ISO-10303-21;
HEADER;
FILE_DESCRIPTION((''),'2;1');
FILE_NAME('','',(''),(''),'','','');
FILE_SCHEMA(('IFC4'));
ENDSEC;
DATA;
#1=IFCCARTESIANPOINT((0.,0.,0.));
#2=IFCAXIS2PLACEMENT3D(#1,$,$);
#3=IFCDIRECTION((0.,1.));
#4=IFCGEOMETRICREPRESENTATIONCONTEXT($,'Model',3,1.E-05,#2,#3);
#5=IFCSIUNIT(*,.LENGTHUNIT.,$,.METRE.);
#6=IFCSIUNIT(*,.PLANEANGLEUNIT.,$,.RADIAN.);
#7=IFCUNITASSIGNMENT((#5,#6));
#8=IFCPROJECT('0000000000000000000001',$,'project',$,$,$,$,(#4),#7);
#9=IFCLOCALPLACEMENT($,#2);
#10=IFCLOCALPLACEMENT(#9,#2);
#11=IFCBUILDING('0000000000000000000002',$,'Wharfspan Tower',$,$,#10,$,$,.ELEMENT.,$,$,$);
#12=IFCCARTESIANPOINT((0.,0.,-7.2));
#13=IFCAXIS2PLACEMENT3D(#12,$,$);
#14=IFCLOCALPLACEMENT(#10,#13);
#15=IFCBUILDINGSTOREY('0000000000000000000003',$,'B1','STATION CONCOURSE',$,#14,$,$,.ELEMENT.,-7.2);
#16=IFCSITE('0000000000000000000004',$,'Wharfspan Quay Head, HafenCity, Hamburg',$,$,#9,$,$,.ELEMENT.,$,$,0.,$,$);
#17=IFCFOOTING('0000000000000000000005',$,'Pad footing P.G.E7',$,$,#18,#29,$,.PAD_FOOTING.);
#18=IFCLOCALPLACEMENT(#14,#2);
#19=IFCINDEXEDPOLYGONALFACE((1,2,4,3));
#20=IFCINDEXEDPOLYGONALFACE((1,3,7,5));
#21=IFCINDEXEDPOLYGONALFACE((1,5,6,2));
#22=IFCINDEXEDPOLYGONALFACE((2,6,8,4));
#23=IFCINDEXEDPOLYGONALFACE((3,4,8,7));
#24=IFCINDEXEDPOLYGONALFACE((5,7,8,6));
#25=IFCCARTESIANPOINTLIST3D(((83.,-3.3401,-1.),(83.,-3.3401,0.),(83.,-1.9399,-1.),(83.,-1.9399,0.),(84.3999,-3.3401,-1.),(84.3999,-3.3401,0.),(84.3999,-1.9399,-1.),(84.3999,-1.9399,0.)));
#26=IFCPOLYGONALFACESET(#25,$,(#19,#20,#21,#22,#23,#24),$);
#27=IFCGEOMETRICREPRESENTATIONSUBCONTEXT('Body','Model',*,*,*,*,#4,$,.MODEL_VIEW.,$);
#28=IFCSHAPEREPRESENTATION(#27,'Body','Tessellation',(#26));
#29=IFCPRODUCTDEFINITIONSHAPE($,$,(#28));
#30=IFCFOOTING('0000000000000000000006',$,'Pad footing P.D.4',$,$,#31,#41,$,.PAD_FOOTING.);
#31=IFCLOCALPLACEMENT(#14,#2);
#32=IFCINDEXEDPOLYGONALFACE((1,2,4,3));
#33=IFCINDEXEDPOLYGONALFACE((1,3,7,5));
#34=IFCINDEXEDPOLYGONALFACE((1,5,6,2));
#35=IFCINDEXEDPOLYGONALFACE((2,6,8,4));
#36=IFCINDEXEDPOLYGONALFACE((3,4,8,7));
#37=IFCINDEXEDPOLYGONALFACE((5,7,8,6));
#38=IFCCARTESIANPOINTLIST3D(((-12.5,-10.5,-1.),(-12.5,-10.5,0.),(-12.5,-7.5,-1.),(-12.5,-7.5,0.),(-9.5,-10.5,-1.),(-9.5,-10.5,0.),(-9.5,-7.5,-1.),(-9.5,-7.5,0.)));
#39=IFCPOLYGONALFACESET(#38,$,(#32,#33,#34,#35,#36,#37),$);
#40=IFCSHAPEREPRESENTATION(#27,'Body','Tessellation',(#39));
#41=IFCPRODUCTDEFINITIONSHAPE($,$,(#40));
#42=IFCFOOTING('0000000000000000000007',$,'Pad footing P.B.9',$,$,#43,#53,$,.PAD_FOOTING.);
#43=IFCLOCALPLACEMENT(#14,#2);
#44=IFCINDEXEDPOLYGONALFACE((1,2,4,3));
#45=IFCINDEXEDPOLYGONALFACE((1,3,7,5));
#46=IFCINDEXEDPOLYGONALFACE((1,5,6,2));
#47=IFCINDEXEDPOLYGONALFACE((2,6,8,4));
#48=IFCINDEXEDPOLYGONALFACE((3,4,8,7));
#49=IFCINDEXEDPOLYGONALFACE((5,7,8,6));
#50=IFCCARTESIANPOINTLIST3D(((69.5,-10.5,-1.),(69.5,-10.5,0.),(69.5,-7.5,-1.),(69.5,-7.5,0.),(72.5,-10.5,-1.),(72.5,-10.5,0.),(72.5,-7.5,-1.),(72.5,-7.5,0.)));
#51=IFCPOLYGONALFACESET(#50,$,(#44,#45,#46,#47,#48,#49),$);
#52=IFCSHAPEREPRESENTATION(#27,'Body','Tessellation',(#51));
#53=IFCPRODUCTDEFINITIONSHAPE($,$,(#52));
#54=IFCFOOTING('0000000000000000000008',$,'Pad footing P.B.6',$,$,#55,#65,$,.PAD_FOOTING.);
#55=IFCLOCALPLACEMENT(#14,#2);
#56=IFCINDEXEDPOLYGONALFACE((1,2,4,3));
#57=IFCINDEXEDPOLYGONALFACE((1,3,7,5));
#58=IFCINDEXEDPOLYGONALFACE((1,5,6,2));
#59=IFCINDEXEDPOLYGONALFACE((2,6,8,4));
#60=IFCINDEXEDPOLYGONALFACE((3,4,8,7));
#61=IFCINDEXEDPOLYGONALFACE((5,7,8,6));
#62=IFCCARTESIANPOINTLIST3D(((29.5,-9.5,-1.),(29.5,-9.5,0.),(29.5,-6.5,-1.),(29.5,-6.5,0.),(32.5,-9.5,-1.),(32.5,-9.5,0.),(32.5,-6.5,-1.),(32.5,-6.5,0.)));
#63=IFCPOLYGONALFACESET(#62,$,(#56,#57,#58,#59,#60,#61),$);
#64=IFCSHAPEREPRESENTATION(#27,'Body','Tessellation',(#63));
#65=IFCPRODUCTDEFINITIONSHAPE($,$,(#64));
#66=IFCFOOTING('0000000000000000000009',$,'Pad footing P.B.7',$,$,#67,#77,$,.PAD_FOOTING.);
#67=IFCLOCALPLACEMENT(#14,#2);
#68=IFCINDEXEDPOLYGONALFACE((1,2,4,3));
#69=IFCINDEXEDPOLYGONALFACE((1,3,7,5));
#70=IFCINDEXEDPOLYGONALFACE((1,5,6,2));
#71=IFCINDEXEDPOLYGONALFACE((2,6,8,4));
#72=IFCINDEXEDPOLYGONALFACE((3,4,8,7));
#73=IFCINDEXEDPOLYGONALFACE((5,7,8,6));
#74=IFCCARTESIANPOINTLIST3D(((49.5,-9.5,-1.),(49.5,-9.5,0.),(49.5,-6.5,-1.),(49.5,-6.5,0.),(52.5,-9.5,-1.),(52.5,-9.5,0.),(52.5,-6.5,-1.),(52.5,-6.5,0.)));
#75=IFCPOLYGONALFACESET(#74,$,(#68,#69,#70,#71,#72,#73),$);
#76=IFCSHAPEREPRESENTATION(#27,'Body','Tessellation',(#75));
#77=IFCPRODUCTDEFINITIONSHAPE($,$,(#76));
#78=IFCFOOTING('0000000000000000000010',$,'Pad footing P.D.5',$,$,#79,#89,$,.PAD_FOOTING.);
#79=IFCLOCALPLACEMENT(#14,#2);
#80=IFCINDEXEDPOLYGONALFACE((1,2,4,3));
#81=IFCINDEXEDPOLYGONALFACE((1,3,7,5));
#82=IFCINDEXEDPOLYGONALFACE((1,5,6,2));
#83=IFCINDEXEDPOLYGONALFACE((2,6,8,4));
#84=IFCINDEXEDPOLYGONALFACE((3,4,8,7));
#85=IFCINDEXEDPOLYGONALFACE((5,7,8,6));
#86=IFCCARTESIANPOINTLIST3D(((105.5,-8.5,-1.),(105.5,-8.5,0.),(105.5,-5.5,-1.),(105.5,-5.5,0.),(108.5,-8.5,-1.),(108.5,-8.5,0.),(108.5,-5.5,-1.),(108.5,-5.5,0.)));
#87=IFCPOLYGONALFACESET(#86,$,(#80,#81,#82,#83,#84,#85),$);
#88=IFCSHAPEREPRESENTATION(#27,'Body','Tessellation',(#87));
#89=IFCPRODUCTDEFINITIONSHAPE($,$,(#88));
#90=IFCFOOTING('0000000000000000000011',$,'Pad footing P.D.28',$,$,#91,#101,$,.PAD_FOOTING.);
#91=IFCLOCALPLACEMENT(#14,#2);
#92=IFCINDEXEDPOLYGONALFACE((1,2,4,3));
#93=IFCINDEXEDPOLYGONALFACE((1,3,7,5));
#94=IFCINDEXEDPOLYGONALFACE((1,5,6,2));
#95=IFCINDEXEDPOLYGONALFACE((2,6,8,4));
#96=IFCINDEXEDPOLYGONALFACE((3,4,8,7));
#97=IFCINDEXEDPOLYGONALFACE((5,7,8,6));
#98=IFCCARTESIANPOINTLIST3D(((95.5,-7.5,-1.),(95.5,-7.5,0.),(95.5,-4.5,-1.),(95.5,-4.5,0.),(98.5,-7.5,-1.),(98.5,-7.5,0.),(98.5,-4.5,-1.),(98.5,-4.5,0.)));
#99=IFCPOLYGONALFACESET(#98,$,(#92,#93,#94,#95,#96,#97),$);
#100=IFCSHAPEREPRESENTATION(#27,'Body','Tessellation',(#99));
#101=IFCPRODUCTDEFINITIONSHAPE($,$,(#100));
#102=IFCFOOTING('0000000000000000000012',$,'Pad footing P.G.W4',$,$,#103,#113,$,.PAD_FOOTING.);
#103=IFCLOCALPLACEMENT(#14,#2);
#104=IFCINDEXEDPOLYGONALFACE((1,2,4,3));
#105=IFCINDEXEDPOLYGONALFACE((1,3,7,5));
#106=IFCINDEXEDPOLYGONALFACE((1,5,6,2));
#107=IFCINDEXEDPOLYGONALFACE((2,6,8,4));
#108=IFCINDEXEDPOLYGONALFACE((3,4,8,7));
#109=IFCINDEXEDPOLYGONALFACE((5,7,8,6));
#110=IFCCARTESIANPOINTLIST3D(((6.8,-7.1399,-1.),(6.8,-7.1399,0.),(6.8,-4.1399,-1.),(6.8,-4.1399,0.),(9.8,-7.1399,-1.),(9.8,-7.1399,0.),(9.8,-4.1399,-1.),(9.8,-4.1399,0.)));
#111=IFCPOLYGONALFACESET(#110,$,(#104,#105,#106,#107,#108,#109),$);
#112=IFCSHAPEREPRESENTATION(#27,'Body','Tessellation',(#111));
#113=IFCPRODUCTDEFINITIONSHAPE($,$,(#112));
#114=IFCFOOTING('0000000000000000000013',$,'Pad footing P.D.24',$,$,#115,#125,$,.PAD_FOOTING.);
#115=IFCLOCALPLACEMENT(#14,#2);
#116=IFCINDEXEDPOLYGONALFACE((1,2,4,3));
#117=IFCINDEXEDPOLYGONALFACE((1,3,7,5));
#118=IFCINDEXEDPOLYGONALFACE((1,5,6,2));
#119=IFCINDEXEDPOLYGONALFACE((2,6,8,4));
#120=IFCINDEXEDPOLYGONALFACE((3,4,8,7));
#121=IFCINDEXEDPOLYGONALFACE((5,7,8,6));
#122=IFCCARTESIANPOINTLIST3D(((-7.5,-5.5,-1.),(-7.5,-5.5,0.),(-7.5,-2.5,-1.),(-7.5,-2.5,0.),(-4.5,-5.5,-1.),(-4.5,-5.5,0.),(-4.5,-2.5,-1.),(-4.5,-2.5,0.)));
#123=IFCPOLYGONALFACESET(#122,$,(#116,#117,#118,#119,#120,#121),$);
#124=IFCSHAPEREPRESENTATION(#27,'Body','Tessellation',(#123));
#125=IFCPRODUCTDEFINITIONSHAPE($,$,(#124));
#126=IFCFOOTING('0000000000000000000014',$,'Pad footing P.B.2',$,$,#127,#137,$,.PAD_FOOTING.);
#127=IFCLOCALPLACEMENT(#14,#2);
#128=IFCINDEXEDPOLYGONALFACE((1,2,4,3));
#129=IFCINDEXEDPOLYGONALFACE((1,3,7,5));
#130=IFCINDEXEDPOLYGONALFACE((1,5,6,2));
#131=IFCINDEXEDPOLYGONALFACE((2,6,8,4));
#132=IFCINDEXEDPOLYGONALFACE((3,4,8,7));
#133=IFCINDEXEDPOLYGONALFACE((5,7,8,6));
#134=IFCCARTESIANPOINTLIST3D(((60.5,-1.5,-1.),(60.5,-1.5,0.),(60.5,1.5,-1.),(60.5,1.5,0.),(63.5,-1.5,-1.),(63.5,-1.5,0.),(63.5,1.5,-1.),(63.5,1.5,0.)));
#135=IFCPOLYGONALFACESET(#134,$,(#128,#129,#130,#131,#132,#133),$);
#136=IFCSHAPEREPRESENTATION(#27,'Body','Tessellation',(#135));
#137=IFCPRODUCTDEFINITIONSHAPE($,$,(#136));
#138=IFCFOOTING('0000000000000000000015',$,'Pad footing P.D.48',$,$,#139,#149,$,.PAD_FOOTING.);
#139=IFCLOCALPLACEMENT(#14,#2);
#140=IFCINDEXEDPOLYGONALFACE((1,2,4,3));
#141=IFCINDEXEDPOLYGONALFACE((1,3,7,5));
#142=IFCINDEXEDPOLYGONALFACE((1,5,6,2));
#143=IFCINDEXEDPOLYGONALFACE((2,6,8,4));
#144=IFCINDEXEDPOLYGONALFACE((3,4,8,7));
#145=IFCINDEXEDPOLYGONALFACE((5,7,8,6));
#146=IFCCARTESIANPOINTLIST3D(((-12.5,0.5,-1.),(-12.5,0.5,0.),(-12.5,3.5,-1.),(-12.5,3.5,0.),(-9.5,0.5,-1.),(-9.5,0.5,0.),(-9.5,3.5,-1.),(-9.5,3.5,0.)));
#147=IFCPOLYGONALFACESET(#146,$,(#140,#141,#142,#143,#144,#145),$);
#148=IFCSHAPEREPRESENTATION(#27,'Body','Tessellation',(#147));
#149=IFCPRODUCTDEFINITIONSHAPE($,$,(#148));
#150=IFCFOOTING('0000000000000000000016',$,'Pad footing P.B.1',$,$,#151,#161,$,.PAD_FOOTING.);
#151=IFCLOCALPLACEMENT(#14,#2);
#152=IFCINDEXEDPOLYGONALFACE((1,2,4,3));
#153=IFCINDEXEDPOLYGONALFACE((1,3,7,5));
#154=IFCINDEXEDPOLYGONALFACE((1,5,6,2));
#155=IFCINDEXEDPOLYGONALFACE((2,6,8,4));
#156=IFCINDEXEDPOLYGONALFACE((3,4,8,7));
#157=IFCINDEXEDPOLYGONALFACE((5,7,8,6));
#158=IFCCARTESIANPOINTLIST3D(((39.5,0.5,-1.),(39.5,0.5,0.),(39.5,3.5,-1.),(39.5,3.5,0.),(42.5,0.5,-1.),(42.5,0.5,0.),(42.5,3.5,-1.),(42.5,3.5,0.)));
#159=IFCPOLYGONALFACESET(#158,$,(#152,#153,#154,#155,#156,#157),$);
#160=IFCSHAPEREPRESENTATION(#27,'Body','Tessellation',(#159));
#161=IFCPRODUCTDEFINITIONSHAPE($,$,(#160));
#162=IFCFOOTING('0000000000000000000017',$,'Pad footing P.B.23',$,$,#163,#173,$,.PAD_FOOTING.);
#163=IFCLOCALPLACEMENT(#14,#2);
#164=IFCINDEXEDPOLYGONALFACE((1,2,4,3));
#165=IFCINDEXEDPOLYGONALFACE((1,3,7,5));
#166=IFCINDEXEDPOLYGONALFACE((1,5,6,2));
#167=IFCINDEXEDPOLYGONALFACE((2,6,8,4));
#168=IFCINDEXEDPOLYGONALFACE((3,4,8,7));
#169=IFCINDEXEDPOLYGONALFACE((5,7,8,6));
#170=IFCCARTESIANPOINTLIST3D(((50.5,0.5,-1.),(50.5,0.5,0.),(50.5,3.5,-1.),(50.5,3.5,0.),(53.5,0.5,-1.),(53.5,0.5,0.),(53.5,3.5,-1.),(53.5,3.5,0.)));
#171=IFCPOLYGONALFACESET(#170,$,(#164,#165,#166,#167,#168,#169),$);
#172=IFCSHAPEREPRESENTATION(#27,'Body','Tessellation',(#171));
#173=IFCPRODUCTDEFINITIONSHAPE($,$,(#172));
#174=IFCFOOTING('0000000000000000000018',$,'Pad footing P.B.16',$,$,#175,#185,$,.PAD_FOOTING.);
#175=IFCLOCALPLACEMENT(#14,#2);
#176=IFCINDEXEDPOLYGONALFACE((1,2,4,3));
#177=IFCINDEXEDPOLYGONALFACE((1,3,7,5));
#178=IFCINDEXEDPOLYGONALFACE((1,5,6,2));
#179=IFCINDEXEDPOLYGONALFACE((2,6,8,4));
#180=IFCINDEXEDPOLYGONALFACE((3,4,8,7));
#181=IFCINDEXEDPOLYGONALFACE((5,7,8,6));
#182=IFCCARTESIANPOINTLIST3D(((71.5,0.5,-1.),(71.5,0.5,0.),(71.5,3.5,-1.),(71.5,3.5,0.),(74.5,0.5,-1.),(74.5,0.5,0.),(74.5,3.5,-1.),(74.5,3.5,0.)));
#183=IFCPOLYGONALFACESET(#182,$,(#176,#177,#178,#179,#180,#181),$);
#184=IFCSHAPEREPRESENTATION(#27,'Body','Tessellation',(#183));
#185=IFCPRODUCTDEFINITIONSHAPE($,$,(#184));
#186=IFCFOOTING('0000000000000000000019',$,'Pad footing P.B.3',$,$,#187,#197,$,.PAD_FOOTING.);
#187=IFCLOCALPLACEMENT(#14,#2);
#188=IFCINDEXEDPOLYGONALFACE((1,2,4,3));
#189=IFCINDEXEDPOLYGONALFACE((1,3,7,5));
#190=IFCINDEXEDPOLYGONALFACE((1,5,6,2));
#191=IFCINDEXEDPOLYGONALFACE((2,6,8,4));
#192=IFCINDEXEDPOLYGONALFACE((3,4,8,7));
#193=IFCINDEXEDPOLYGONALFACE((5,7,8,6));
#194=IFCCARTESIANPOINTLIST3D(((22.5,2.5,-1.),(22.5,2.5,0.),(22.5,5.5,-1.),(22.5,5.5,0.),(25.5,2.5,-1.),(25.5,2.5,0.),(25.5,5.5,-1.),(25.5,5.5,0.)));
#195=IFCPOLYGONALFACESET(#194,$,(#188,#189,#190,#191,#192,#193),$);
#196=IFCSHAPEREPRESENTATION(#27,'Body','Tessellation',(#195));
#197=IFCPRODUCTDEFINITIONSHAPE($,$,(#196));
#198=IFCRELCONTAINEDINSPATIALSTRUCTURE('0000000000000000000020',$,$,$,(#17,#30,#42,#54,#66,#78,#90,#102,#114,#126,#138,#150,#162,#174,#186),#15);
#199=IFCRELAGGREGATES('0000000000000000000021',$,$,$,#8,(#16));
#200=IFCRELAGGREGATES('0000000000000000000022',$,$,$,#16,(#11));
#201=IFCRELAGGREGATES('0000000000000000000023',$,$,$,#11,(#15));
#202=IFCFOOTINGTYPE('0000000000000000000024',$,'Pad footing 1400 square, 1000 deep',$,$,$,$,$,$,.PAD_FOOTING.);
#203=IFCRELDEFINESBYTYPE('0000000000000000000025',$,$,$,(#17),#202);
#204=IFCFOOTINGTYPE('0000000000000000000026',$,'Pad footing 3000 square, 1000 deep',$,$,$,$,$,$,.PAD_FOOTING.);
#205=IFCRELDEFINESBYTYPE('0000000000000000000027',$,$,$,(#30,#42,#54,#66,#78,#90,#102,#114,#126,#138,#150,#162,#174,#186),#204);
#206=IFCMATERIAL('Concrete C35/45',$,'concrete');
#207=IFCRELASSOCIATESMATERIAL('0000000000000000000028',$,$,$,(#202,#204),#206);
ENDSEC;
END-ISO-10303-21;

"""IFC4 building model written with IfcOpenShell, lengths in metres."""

from ifc_helpers import new_model, si_unit, direction, frame, origin, place, context, subcontext, project, spatial, polyline, outline, extrude, material, type_object, element, save


model = new_model("IFC4")

# Units and contexts
model_context = context("Model", 3, precision=1e-05, world=origin(), true_north=direction((0.0, 1.0)))
body_context = subcontext(model_context, "Body", "Model", "MODEL_VIEW")
ifc_project = project(units=[si_unit("LENGTHUNIT", "METRE"), si_unit("PLANEANGLEUNIT", "RADIAN")], contexts=[model_context])

# Site, building, storey
site_placement = place(None, origin())
site = spatial("IfcSite", under=ifc_project, at=site_placement, Name="Wharfspan Quay Head, HafenCity, Hamburg", CompositionType="ELEMENT", RefElevation=0.0)
building_placement = place(site_placement, origin())
building = spatial("IfcBuilding", under=site, at=building_placement, Name="Wharfspan Tower", CompositionType="ELEMENT")
storey_placement = place(building_placement, frame((0.0, 0.0, -7.2)))
storey = spatial("IfcBuildingStorey", under=building, at=storey_placement, Name="B1", Description="STATION CONCOURSE", CompositionType="ELEMENT", Elevation=-7.2)

# Footings
ifc_material_1 = material(Name="Concrete C35/45", Category="concrete")
footing_type_1 = type_object("IfcFootingType", Name="Pad footing 1400 square, 1000 deep", PredefinedType="PAD_FOOTING", material=ifc_material_1)
footing_1_placement = place(storey_placement, frame((0.0, 0.0, -1.0)))
element("IfcFooting", 1, at=footing_1_placement, inside=storey, type_object=footing_type_1, Name="Pad footing P.G.E7", PredefinedType="PAD_FOOTING", context=body_context, shape_type="SweptSolid", body=[
    extrude(outline(polyline([(83.0, -3.3401), (84.3999, -3.3401), (84.3999, -1.9399), (83.0, -1.9399), (83.0, -3.3401)])), origin(), (0.0, 0.0, 1.0), 1.0),
])
footing_type_2 = type_object("IfcFootingType", Name="Pad footing 3000 square, 1000 deep", PredefinedType="PAD_FOOTING", material=ifc_material_1)
footing_2_placement = place(storey_placement, frame((0.0, 0.0, -1.0)))
element("IfcFooting", 2, at=footing_2_placement, inside=storey, type_object=footing_type_2, Name="Pad footing P.D.4", PredefinedType="PAD_FOOTING", context=body_context, shape_type="SweptSolid", body=[
    extrude(outline(polyline([(-12.5, -10.5), (-9.5, -10.5), (-9.5, -7.5), (-12.5, -7.5), (-12.5, -10.5)])), origin(), (0.0, 0.0, 1.0), 1.0),
])
footing_3_placement = place(storey_placement, frame((0.0, 0.0, -1.0)))
element("IfcFooting", 3, at=footing_3_placement, inside=storey, type_object=footing_type_2, Name="Pad footing P.B.9", PredefinedType="PAD_FOOTING", context=body_context, shape_type="SweptSolid", body=[
    extrude(outline(polyline([(69.5, -10.5), (72.5, -10.5), (72.5, -7.5), (69.5, -7.5), (69.5, -10.5)])), origin(), (0.0, 0.0, 1.0), 1.0),
])
footing_4_placement = place(storey_placement, frame((0.0, 0.0, -1.0)))
element("IfcFooting", 4, at=footing_4_placement, inside=storey, type_object=footing_type_2, Name="Pad footing P.B.6", PredefinedType="PAD_FOOTING", context=body_context, shape_type="SweptSolid", body=[
    extrude(outline(polyline([(29.5, -9.5), (32.5, -9.5), (32.5, -6.5), (29.5, -6.5), (29.5, -9.5)])), origin(), (0.0, 0.0, 1.0), 1.0),
])
footing_5_placement = place(storey_placement, frame((0.0, 0.0, -1.0)))
element("IfcFooting", 5, at=footing_5_placement, inside=storey, type_object=footing_type_2, Name="Pad footing P.B.7", PredefinedType="PAD_FOOTING", context=body_context, shape_type="SweptSolid", body=[
    extrude(outline(polyline([(49.5, -9.5), (52.5, -9.5), (52.5, -6.5), (49.5, -6.5), (49.5, -9.5)])), origin(), (0.0, 0.0, 1.0), 1.0),
])
footing_6_placement = place(storey_placement, frame((0.0, 0.0, -1.0)))
element("IfcFooting", 6, at=footing_6_placement, inside=storey, type_object=footing_type_2, Name="Pad footing P.D.5", PredefinedType="PAD_FOOTING", context=body_context, shape_type="SweptSolid", body=[
    extrude(outline(polyline([(105.5, -8.5), (108.5, -8.5), (108.5, -5.5), (105.5, -5.5), (105.5, -8.5)])), origin(), (0.0, 0.0, 1.0), 1.0),
])
footing_7_placement = place(storey_placement, frame((0.0, 0.0, -1.0)))
element("IfcFooting", 7, at=footing_7_placement, inside=storey, type_object=footing_type_2, Name="Pad footing P.D.28", PredefinedType="PAD_FOOTING", context=body_context, shape_type="SweptSolid", body=[
    extrude(outline(polyline([(95.5, -7.5), (98.5, -7.5), (98.5, -4.5), (95.5, -4.5), (95.5, -7.5)])), origin(), (0.0, 0.0, 1.0), 1.0),
])
footing_8_placement = place(storey_placement, frame((0.0, 0.0, -1.0)))
element("IfcFooting", 8, at=footing_8_placement, inside=storey, type_object=footing_type_2, Name="Pad footing P.G.W4", PredefinedType="PAD_FOOTING", context=body_context, shape_type="SweptSolid", body=[
    extrude(outline(polyline([(6.8, -7.1399), (9.8, -7.1399), (9.8, -4.1399), (6.8, -4.1399), (6.8, -7.1399)])), origin(), (0.0, 0.0, 1.0), 1.0),
])
footing_9_placement = place(storey_placement, frame((0.0, 0.0, -1.0)))
element("IfcFooting", 9, at=footing_9_placement, inside=storey, type_object=footing_type_2, Name="Pad footing P.D.24", PredefinedType="PAD_FOOTING", context=body_context, shape_type="SweptSolid", body=[
    extrude(outline(polyline([(-7.5, -5.5), (-4.5, -5.5), (-4.5, -2.5), (-7.5, -2.5), (-7.5, -5.5)])), origin(), (0.0, 0.0, 1.0), 1.0),
])
footing_10_placement = place(storey_placement, frame((0.0, 0.0, -1.0)))
element("IfcFooting", 10, at=footing_10_placement, inside=storey, type_object=footing_type_2, Name="Pad footing P.B.2", PredefinedType="PAD_FOOTING", context=body_context, shape_type="SweptSolid", body=[
    extrude(outline(polyline([(60.5, -1.5), (63.5, -1.5), (63.5, 1.5), (60.5, 1.5), (60.5, -1.5)])), origin(), (0.0, 0.0, 1.0), 1.0),
])
footing_11_placement = place(storey_placement, frame((0.0, 0.0, -1.0)))
element("IfcFooting", 11, at=footing_11_placement, inside=storey, type_object=footing_type_2, Name="Pad footing P.D.48", PredefinedType="PAD_FOOTING", context=body_context, shape_type="SweptSolid", body=[
    extrude(outline(polyline([(-12.5, 0.5), (-9.5, 0.5), (-9.5, 3.5), (-12.5, 3.5), (-12.5, 0.5)])), origin(), (0.0, 0.0, 1.0), 1.0),
])
footing_12_placement = place(storey_placement, frame((0.0, 0.0, -1.0)))
element("IfcFooting", 12, at=footing_12_placement, inside=storey, type_object=footing_type_2, Name="Pad footing P.B.1", PredefinedType="PAD_FOOTING", context=body_context, shape_type="SweptSolid", body=[
    extrude(outline(polyline([(39.5, 0.5), (42.5, 0.5), (42.5, 3.5), (39.5, 3.5), (39.5, 0.5)])), origin(), (0.0, 0.0, 1.0), 1.0),
])
footing_13_placement = place(storey_placement, frame((0.0, 0.0, -1.0)))
element("IfcFooting", 13, at=footing_13_placement, inside=storey, type_object=footing_type_2, Name="Pad footing P.B.23", PredefinedType="PAD_FOOTING", context=body_context, shape_type="SweptSolid", body=[
    extrude(outline(polyline([(50.5, 0.5), (53.5, 0.5), (53.5, 3.5), (50.5, 3.5), (50.5, 0.5)])), origin(), (0.0, 0.0, 1.0), 1.0),
])
footing_14_placement = place(storey_placement, frame((0.0, 0.0, -1.0)))
element("IfcFooting", 14, at=footing_14_placement, inside=storey, type_object=footing_type_2, Name="Pad footing P.B.16", PredefinedType="PAD_FOOTING", context=body_context, shape_type="SweptSolid", body=[
    extrude(outline(polyline([(71.5, 0.5), (74.5, 0.5), (74.5, 3.5), (71.5, 3.5), (71.5, 0.5)])), origin(), (0.0, 0.0, 1.0), 1.0),
])
footing_15_placement = place(storey_placement, frame((0.0, 0.0, -1.0)))
element("IfcFooting", 15, at=footing_15_placement, inside=storey, type_object=footing_type_2, Name="Pad footing P.B.3", PredefinedType="PAD_FOOTING", context=body_context, shape_type="SweptSolid", body=[
    extrude(outline(polyline([(22.5, 2.5), (25.5, 2.5), (25.5, 5.5), (22.5, 5.5), (22.5, 2.5)])), origin(), (0.0, 0.0, 1.0), 1.0),
])

save(model, "model.ifc")
